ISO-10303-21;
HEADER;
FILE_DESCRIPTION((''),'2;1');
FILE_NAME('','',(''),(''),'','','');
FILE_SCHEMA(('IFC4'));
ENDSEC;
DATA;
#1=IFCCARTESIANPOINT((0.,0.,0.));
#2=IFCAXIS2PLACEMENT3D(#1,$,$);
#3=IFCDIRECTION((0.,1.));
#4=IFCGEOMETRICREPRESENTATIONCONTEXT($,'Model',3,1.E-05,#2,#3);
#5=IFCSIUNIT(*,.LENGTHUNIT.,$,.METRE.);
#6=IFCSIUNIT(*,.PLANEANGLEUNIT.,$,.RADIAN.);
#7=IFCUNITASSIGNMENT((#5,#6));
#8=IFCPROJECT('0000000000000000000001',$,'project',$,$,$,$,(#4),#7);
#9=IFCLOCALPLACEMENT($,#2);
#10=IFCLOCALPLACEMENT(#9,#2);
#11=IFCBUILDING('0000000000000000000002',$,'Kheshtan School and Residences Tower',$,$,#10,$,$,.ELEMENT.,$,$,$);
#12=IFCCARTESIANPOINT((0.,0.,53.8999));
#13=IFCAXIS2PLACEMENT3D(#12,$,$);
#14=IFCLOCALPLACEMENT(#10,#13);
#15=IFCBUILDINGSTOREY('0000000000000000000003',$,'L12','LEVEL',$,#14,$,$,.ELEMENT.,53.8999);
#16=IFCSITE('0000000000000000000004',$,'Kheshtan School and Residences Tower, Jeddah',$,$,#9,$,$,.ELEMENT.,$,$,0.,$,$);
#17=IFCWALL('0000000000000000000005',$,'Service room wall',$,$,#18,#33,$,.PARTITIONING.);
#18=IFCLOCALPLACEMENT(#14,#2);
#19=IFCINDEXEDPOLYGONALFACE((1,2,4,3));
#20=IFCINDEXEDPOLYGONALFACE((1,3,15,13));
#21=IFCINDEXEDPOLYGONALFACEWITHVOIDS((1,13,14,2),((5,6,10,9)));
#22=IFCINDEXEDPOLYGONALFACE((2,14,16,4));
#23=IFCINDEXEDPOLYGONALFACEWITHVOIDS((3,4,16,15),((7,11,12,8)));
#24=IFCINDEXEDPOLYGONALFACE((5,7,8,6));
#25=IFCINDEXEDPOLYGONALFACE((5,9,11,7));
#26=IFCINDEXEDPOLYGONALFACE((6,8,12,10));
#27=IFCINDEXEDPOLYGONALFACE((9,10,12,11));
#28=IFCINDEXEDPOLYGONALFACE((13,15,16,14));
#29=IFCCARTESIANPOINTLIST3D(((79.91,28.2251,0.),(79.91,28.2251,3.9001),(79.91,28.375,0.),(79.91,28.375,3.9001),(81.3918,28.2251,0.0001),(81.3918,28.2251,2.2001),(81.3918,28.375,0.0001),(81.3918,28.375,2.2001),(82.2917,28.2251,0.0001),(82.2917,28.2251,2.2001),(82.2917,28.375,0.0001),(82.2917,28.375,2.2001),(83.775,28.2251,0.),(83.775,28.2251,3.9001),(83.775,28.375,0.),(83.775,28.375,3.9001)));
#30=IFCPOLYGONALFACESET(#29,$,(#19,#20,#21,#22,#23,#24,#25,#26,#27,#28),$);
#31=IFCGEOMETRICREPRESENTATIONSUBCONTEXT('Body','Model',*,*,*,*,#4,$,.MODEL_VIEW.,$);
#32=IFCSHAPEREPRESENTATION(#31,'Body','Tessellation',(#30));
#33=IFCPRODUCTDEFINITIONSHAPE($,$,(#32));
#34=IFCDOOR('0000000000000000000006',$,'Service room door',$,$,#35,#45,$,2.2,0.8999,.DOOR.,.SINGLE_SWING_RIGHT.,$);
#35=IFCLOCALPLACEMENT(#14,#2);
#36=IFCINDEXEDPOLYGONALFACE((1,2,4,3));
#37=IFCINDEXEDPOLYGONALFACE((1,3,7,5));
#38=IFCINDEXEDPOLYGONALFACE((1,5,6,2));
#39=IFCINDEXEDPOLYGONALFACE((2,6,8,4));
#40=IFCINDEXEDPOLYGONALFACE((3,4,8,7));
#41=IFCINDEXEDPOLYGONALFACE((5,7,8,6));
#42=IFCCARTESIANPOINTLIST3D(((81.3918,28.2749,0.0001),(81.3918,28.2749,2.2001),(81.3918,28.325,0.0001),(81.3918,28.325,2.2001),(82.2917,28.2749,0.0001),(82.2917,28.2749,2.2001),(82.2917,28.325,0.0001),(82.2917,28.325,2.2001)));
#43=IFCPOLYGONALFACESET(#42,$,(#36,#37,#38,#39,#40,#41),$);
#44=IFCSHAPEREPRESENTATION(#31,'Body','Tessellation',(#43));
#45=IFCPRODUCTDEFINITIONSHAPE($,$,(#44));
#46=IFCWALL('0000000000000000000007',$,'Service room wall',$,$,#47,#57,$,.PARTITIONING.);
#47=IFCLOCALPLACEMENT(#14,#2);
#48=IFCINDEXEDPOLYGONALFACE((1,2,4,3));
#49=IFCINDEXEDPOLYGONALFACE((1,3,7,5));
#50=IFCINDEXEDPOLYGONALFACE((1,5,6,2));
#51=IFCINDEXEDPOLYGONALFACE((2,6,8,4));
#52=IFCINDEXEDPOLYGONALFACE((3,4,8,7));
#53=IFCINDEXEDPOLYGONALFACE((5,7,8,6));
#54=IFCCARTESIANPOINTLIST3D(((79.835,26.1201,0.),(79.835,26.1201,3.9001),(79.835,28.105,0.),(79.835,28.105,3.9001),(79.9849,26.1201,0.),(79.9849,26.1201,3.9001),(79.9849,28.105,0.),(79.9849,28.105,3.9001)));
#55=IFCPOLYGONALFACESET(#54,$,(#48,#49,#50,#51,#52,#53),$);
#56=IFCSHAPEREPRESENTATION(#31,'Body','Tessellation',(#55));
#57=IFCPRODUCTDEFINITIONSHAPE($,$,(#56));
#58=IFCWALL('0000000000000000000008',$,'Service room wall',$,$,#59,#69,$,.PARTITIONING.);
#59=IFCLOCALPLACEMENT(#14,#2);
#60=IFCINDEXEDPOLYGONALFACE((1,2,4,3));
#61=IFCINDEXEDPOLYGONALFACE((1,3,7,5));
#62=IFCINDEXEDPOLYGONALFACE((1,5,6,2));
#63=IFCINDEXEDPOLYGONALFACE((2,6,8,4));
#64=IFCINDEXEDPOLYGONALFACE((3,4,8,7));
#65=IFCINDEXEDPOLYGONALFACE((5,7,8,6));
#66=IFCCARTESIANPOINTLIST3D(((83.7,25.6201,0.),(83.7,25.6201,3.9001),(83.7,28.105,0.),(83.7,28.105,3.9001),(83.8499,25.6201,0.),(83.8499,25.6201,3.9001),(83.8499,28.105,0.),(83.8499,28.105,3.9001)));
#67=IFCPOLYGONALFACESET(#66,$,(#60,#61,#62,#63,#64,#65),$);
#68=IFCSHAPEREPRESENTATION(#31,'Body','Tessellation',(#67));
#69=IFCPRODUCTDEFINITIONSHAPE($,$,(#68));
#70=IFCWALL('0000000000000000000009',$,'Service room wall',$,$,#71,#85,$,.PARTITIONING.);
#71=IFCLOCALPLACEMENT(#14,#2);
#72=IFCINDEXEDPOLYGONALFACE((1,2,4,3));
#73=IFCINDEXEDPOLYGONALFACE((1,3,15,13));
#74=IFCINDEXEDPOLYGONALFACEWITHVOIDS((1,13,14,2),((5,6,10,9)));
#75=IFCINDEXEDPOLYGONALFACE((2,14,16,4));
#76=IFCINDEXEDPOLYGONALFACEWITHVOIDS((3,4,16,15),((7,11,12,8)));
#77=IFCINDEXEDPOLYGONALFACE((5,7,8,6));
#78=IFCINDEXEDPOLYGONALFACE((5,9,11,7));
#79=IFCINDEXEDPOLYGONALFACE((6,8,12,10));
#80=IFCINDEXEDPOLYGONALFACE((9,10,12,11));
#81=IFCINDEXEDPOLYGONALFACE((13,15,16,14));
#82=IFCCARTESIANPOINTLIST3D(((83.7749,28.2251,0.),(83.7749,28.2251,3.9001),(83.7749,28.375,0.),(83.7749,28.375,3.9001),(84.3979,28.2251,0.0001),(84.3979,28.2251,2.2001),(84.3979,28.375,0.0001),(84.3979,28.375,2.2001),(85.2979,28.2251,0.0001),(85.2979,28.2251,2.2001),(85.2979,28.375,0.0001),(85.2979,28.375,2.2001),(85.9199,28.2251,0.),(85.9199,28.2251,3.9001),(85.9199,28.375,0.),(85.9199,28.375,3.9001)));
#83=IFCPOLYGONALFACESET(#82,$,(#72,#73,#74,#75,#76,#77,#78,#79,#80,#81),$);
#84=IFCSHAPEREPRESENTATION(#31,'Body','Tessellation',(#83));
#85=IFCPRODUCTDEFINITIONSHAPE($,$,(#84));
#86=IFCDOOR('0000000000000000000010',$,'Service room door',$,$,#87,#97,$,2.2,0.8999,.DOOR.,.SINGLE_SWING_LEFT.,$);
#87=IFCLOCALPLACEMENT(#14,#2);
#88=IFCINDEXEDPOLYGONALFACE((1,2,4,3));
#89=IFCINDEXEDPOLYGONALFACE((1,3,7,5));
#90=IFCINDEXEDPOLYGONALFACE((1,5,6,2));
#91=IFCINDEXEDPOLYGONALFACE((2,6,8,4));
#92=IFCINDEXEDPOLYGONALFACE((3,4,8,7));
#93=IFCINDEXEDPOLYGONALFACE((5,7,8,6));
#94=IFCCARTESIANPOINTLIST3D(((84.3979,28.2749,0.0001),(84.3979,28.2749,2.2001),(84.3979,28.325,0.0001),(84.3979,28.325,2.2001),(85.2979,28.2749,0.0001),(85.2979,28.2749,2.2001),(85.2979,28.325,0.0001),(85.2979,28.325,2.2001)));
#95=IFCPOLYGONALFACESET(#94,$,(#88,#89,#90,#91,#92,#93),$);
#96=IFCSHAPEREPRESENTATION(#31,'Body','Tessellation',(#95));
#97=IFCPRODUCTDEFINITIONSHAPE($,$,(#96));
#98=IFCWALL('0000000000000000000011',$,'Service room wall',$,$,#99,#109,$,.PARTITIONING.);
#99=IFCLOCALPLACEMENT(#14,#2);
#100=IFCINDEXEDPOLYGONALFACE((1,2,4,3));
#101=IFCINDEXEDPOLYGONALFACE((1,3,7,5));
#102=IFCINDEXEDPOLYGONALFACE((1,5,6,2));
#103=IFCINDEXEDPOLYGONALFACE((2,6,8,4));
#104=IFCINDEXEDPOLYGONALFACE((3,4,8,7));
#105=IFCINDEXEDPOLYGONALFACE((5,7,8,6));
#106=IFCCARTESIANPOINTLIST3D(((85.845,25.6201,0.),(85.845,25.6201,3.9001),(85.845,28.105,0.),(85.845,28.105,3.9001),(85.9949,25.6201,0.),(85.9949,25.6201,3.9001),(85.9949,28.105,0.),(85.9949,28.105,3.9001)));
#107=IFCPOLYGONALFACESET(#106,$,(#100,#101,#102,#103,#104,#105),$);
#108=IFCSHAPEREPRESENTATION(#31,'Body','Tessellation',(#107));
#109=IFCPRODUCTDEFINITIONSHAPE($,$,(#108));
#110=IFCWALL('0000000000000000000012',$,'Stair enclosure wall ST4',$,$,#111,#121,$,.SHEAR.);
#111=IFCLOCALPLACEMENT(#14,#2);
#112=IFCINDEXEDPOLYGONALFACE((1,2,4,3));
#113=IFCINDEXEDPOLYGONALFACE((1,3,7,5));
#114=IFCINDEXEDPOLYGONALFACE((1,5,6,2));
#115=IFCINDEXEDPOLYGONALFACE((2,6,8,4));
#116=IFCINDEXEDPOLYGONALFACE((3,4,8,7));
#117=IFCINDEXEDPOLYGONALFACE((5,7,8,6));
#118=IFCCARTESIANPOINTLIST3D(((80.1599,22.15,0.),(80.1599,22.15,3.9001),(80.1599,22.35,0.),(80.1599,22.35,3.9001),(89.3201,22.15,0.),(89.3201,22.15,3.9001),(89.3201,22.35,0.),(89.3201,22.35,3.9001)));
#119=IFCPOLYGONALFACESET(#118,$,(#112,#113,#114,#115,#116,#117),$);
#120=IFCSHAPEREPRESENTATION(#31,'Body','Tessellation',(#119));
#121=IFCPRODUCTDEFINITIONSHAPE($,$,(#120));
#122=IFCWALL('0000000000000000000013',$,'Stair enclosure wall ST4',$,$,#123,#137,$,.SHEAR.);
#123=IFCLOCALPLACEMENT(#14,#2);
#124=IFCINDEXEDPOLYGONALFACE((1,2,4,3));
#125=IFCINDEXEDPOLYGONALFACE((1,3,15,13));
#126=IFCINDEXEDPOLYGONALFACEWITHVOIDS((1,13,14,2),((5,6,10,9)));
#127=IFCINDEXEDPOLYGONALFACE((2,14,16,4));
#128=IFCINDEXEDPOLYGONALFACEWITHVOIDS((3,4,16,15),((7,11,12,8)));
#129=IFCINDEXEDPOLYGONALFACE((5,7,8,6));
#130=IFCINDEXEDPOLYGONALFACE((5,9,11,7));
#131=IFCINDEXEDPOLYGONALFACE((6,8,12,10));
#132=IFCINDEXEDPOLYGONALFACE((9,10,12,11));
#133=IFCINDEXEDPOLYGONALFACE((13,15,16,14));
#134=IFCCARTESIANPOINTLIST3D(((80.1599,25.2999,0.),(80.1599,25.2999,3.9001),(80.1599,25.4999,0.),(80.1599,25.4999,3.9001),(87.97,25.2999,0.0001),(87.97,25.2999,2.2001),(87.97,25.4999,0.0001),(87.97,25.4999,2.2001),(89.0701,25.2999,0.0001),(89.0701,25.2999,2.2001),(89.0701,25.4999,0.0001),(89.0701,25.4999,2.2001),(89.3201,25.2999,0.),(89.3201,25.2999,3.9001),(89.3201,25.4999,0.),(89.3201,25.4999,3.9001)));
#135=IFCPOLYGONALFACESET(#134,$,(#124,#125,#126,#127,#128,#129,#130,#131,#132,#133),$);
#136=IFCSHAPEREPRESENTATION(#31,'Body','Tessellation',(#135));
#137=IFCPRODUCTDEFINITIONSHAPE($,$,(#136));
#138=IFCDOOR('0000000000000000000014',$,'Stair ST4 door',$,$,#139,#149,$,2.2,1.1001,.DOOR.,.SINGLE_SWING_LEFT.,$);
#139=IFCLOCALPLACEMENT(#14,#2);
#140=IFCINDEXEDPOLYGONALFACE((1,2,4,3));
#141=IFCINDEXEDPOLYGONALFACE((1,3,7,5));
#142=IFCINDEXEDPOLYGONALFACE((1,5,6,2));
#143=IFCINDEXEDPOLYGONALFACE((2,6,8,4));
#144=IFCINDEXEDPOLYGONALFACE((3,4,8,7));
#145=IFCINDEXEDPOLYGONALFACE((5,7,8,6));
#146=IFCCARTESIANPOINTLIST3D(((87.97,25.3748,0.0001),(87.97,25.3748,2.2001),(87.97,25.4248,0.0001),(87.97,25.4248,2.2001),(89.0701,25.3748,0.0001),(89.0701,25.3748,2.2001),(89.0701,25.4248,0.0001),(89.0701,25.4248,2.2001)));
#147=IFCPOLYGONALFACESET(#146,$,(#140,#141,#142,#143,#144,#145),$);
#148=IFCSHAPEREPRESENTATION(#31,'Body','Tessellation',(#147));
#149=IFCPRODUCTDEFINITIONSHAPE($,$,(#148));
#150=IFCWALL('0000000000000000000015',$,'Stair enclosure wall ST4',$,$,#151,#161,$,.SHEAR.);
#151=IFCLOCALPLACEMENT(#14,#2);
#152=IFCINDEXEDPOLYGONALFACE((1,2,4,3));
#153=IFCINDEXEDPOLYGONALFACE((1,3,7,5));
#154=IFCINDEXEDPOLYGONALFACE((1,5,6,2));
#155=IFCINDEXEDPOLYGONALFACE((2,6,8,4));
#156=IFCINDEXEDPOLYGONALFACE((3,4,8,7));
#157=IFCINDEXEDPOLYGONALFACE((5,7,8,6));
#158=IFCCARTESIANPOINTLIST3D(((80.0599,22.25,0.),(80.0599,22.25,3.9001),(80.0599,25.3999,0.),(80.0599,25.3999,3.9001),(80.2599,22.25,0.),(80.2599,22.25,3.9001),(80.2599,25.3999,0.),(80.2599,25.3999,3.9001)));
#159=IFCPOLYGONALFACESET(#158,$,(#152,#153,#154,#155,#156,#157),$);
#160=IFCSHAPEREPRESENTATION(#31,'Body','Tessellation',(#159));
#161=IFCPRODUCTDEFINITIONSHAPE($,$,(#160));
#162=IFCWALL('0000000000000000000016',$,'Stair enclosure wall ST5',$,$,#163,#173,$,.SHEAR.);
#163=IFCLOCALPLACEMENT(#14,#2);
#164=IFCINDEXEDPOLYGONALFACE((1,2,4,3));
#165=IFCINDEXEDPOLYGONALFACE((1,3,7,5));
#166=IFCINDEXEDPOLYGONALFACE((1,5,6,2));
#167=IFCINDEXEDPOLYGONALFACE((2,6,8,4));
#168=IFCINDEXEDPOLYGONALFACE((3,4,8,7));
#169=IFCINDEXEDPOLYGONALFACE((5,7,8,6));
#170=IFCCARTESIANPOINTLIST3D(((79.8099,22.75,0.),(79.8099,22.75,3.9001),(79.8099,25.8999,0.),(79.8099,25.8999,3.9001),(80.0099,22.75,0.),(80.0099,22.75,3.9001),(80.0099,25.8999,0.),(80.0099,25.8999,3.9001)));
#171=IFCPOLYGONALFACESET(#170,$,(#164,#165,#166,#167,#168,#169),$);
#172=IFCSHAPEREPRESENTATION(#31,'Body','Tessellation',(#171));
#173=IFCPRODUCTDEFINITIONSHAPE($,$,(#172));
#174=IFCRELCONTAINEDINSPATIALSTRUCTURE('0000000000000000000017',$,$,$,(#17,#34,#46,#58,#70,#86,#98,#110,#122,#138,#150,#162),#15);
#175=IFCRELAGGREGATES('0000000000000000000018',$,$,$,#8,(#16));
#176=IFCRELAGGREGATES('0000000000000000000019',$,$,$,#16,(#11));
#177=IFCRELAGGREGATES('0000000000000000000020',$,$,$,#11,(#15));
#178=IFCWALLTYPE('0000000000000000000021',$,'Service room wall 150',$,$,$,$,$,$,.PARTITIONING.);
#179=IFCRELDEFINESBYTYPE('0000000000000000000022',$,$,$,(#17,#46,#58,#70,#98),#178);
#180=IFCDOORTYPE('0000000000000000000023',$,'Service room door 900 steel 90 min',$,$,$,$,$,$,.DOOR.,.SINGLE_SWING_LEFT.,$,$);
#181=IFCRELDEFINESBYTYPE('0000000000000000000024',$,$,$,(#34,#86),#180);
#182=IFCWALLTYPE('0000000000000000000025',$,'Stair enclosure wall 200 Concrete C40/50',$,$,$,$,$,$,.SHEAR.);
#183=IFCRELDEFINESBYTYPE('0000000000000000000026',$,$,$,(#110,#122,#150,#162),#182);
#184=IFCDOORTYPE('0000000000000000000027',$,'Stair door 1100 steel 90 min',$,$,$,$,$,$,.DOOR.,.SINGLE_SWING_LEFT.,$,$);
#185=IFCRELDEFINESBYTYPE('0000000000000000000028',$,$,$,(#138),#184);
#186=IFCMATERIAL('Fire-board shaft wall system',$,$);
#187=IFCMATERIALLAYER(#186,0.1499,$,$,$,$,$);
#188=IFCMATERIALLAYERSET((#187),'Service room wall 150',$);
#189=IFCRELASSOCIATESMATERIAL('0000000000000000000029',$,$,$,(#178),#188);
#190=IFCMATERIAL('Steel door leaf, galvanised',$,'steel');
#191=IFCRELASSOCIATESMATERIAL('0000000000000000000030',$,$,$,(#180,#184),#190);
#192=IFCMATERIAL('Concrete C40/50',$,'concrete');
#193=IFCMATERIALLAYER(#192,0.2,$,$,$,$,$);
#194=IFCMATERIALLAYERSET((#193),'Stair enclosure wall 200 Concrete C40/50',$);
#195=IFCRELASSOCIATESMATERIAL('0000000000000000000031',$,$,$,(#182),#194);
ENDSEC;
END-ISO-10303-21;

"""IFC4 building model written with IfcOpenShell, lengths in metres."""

from ifc_helpers import new_model, si_unit, direction, frame, frame_2d, origin, place, context, subcontext, project, spatial, rectangle, extrude, source, transform, mapped, material, layer, layer_set, type_object, element, fill, save


model = new_model("IFC4")

# Units and contexts
model_context = context("Model", 3, precision=1e-05, world=origin(), true_north=direction((0.0, 1.0)))
body_context = subcontext(model_context, "Body", "Model", "MODEL_VIEW")
ifc_project = project(units=[si_unit("LENGTHUNIT", "METRE"), si_unit("PLANEANGLEUNIT", "RADIAN")], contexts=[model_context])

# Site, building, storey
site_placement = place(None, origin())
site = spatial("IfcSite", under=ifc_project, at=site_placement, Name="Kheshtan School and Residences Tower, Jeddah", CompositionType="ELEMENT", RefElevation=0.0)
building_placement = place(site_placement, origin())
building = spatial("IfcBuilding", under=site, at=building_placement, Name="Kheshtan School and Residences Tower", CompositionType="ELEMENT")
storey_placement = place(building_placement, frame((0.0, 0.0, 53.8999)))
storey = spatial("IfcBuildingStorey", under=building, at=storey_placement, Name="L12", Description="LEVEL", CompositionType="ELEMENT", Elevation=53.8999)

# Wall, opening, door
ifc_material_1 = material(Name="Fire-board shaft wall system")
ifc_layer_1 = layer(ifc_material_1, 0.1499)
ifc_layer_set_1 = layer_set([ifc_layer_1], Name="Service room wall 150")
wall_type_1 = type_object("IfcWallType", Name="Service room wall 150", PredefinedType="PARTITIONING", material=ifc_layer_set_1)
wall_1_placement = place(storey_placement, frame((79.9099, 28.3, 0.0), z_axis=(0.0, 0.0, 1.0), x_axis=(1.0, 0.0, 0.0)))
wall_1 = element("IfcWall", 1, at=wall_1_placement, inside=storey, type_object=wall_type_1, Name="Service room wall", PredefinedType="PARTITIONING", context=body_context, shape_type="SweptSolid", body=[
    extrude(rectangle(XDim=3.865, YDim=0.1499, at=frame_2d((1.9326, 0.0))), origin(), (0.0, 0.0, 1.0), 3.9001),
])
opening_1_placement = place(wall_1_placement, frame((1.4819, 0.0, 0.0)))
opening_1 = element("IfcOpeningElement", 2, at=opening_1_placement, cuts=wall_1, PredefinedType="OPENING", context=body_context, shape_type="SweptSolid", body=[
    extrude(rectangle(XDim=0.8999, YDim=2.2, at=frame_2d((0.45, 1.1001))), frame((0.0, 0.085, 0.0), z_axis=(0.0, -1.0, 0.0), x_axis=(1.0, 0.0, 0.0)), (0.0, 0.0, 1.0), 0.1699),
])
ifc_material_2 = material(Name="Steel door leaf, galvanised", Category="steel")
door_type_1 = type_object("IfcDoorType", Name="Service room door 900 steel 90 min", OperationType="SINGLE_SWING_LEFT", PredefinedType="DOOR", material=ifc_material_2)
shared_shape_1 = source(origin(), body_context, "Body", "SweptSolid", [
    extrude(rectangle(XDim=0.8999, YDim=2.2, at=frame_2d((0.45, 1.1001))), frame((0.0, 0.0249, 0.0), z_axis=(0.0, -1.0, 0.0), x_axis=(1.0, 0.0, 0.0)), (0.0, 0.0, 1.0), 0.05),
])
door_1_placement = place(opening_1_placement, origin())
door_1 = element("IfcDoor", 3, at=door_1_placement, inside=storey, type_object=door_type_1, Name="Service room door", OperationType="SINGLE_SWING_RIGHT", OverallHeight=2.2, OverallWidth=0.8999, PredefinedType="DOOR", context=body_context, shape_type="MappedRepresentation", body=[
    mapped(shared_shape_1, transform((0.0, 0.0, 0.0), x_axis=(1.0, 0.0, 0.0), y_axis=(0.0, 1.0, 0.0), z_axis=(0.0, 0.0, 1.0), scale=1.0)),
])
fill(opening_1, door_1)

# Walls
wall_2_placement = place(storey_placement, frame((79.9099, 26.1201, 0.0), z_axis=(0.0, 0.0, 1.0), x_axis=(0.0, 1.0, 0.0)))
element("IfcWall", 4, at=wall_2_placement, inside=storey, type_object=wall_type_1, Name="Service room wall", PredefinedType="PARTITIONING", context=body_context, shape_type="SweptSolid", body=[
    extrude(rectangle(XDim=1.9849, YDim=0.1499, at=frame_2d((0.9924, 0.0))), origin(), (0.0, 0.0, 1.0), 3.9001),
])
wall_3_placement = place(storey_placement, frame((83.7749, 25.6201, 0.0), z_axis=(0.0, 0.0, 1.0), x_axis=(0.0, 1.0, 0.0)))
element("IfcWall", 5, at=wall_3_placement, inside=storey, type_object=wall_type_1, Name="Service room wall", PredefinedType="PARTITIONING", context=body_context, shape_type="SweptSolid", body=[
    extrude(rectangle(XDim=2.4849, YDim=0.1499, at=frame_2d((1.2424, 0.0))), origin(), (0.0, 0.0, 1.0), 3.9001),
])

# Wall, opening, door
wall_4_placement = place(storey_placement, frame((83.7749, 28.3, 0.0), z_axis=(0.0, 0.0, 1.0), x_axis=(1.0, 0.0, 0.0)))
wall_4 = element("IfcWall", 6, at=wall_4_placement, inside=storey, type_object=wall_type_1, Name="Service room wall", PredefinedType="PARTITIONING", context=body_context, shape_type="SweptSolid", body=[
    extrude(rectangle(XDim=2.145, YDim=0.1499, at=frame_2d((1.0725, 0.0))), origin(), (0.0, 0.0, 1.0), 3.9001),
])
opening_2_placement = place(wall_4_placement, frame((0.623, 0.0, 0.0)))
opening_2 = element("IfcOpeningElement", 7, at=opening_2_placement, cuts=wall_4, PredefinedType="OPENING", context=body_context, shape_type="SweptSolid", body=[
    extrude(rectangle(XDim=0.8999, YDim=2.2, at=frame_2d((0.45, 1.1001))), frame((0.0, 0.085, 0.0), z_axis=(0.0, -1.0, 0.0), x_axis=(1.0, 0.0, 0.0)), (0.0, 0.0, 1.0), 0.1699),
])
door_2_placement = place(opening_2_placement, origin())
door_2 = element("IfcDoor", 8, at=door_2_placement, inside=storey, type_object=door_type_1, Name="Service room door", OperationType="SINGLE_SWING_LEFT", OverallHeight=2.2, OverallWidth=0.8999, PredefinedType="DOOR", context=body_context, shape_type="MappedRepresentation", body=[
    mapped(shared_shape_1, transform((0.0, 0.0, 0.0), x_axis=(1.0, 0.0, 0.0), y_axis=(0.0, 1.0, 0.0), z_axis=(0.0, 0.0, 1.0), scale=1.0)),
])
fill(opening_2, door_2)

# Walls
wall_5_placement = place(storey_placement, frame((85.9199, 25.6201, 0.0), z_axis=(0.0, 0.0, 1.0), x_axis=(0.0, 1.0, 0.0)))
element("IfcWall", 9, at=wall_5_placement, inside=storey, type_object=wall_type_1, Name="Service room wall", PredefinedType="PARTITIONING", context=body_context, shape_type="SweptSolid", body=[
    extrude(rectangle(XDim=2.4849, YDim=0.1499, at=frame_2d((1.2424, 0.0))), origin(), (0.0, 0.0, 1.0), 3.9001),
])
ifc_material_3 = material(Name="Concrete C40/50", Category="concrete")
ifc_layer_2 = layer(ifc_material_3, 0.2)
ifc_layer_set_2 = layer_set([ifc_layer_2], Name="Stair enclosure wall 200 Concrete C40/50")
wall_type_2 = type_object("IfcWallType", Name="Stair enclosure wall 200 Concrete C40/50", PredefinedType="SHEAR", material=ifc_layer_set_2)
wall_6_placement = place(storey_placement, frame((80.1599, 22.25, 0.0), z_axis=(0.0, 0.0, 1.0), x_axis=(1.0, 0.0, 0.0)))
element("IfcWall", 10, at=wall_6_placement, inside=storey, type_object=wall_type_2, Name="Stair enclosure wall ST4", PredefinedType="SHEAR", context=body_context, shape_type="SweptSolid", body=[
    extrude(rectangle(XDim=9.1602, YDim=0.2, at=frame_2d((4.5801, 0.0))), origin(), (0.0, 0.0, 1.0), 3.9001),
])

# Wall, opening, door
wall_7_placement = place(storey_placement, frame((80.1599, 25.3999, 0.0), z_axis=(0.0, 0.0, 1.0), x_axis=(1.0, 0.0, 0.0)))
wall_7 = element("IfcWall", 11, at=wall_7_placement, inside=storey, type_object=wall_type_2, Name="Stair enclosure wall ST4", PredefinedType="SHEAR", context=body_context, shape_type="SweptSolid", body=[
    extrude(rectangle(XDim=9.1602, YDim=0.2, at=frame_2d((4.5801, 0.0))), origin(), (0.0, 0.0, 1.0), 3.9001),
])
opening_3_placement = place(wall_7_placement, frame((7.8101, 0.0, 0.0)))
opening_3 = element("IfcOpeningElement", 12, at=opening_3_placement, cuts=wall_7, PredefinedType="OPENING", context=body_context, shape_type="SweptSolid", body=[
    extrude(rectangle(XDim=1.1001, YDim=2.2, at=frame_2d((0.55, 1.1001))), frame((0.0, 0.1099, 0.0), z_axis=(0.0, -1.0, 0.0), x_axis=(1.0, 0.0, 0.0)), (0.0, 0.0, 1.0), 0.22),
])
door_type_2 = type_object("IfcDoorType", Name="Stair door 1100 steel 90 min", OperationType="SINGLE_SWING_LEFT", PredefinedType="DOOR", material=ifc_material_2)
shared_shape_2 = source(origin(), body_context, "Body", "SweptSolid", [
    extrude(rectangle(XDim=1.1001, YDim=2.2, at=frame_2d((0.55, 1.1001))), frame((0.0, 0.0249, 0.0), z_axis=(0.0, -1.0, 0.0), x_axis=(1.0, 0.0, 0.0)), (0.0, 0.0, 1.0), 0.05),
])
door_3_placement = place(opening_3_placement, origin())
door_3 = element("IfcDoor", 13, at=door_3_placement, inside=storey, type_object=door_type_2, Name="Stair ST4 door", OperationType="SINGLE_SWING_LEFT", OverallHeight=2.2, OverallWidth=1.1001, PredefinedType="DOOR", context=body_context, shape_type="MappedRepresentation", body=[
    mapped(shared_shape_2, transform((0.0, 0.0, 0.0), x_axis=(1.0, 0.0, 0.0), y_axis=(0.0, 1.0, 0.0), z_axis=(0.0, 0.0, 1.0), scale=1.0)),
])
fill(opening_3, door_3)

# Walls
for number, where, z_axis, x_axis, name in (
    (14, (80.1599, 22.25, 0.0), (0.0, 0.0, 1.0), (0.0, 1.0, 0.0), "Stair enclosure wall ST4"),
    (15, (79.9099, 22.75, 0.0), (0.0, 0.0, 1.0), (0.0, 1.0, 0.0), "Stair enclosure wall ST5"),
):
    element("IfcWall", number, at=place(storey_placement, frame(where, z_axis=z_axis, x_axis=x_axis)), inside=storey, type_object=wall_type_2, Name=name, PredefinedType="SHEAR", context=body_context, shape_type="SweptSolid", body=[
        extrude(rectangle(XDim=3.1499, YDim=0.2, at=frame_2d((1.575, 0.0))), origin(), (0.0, 0.0, 1.0), 3.9001),
    ])

save(model, "model.ifc")
